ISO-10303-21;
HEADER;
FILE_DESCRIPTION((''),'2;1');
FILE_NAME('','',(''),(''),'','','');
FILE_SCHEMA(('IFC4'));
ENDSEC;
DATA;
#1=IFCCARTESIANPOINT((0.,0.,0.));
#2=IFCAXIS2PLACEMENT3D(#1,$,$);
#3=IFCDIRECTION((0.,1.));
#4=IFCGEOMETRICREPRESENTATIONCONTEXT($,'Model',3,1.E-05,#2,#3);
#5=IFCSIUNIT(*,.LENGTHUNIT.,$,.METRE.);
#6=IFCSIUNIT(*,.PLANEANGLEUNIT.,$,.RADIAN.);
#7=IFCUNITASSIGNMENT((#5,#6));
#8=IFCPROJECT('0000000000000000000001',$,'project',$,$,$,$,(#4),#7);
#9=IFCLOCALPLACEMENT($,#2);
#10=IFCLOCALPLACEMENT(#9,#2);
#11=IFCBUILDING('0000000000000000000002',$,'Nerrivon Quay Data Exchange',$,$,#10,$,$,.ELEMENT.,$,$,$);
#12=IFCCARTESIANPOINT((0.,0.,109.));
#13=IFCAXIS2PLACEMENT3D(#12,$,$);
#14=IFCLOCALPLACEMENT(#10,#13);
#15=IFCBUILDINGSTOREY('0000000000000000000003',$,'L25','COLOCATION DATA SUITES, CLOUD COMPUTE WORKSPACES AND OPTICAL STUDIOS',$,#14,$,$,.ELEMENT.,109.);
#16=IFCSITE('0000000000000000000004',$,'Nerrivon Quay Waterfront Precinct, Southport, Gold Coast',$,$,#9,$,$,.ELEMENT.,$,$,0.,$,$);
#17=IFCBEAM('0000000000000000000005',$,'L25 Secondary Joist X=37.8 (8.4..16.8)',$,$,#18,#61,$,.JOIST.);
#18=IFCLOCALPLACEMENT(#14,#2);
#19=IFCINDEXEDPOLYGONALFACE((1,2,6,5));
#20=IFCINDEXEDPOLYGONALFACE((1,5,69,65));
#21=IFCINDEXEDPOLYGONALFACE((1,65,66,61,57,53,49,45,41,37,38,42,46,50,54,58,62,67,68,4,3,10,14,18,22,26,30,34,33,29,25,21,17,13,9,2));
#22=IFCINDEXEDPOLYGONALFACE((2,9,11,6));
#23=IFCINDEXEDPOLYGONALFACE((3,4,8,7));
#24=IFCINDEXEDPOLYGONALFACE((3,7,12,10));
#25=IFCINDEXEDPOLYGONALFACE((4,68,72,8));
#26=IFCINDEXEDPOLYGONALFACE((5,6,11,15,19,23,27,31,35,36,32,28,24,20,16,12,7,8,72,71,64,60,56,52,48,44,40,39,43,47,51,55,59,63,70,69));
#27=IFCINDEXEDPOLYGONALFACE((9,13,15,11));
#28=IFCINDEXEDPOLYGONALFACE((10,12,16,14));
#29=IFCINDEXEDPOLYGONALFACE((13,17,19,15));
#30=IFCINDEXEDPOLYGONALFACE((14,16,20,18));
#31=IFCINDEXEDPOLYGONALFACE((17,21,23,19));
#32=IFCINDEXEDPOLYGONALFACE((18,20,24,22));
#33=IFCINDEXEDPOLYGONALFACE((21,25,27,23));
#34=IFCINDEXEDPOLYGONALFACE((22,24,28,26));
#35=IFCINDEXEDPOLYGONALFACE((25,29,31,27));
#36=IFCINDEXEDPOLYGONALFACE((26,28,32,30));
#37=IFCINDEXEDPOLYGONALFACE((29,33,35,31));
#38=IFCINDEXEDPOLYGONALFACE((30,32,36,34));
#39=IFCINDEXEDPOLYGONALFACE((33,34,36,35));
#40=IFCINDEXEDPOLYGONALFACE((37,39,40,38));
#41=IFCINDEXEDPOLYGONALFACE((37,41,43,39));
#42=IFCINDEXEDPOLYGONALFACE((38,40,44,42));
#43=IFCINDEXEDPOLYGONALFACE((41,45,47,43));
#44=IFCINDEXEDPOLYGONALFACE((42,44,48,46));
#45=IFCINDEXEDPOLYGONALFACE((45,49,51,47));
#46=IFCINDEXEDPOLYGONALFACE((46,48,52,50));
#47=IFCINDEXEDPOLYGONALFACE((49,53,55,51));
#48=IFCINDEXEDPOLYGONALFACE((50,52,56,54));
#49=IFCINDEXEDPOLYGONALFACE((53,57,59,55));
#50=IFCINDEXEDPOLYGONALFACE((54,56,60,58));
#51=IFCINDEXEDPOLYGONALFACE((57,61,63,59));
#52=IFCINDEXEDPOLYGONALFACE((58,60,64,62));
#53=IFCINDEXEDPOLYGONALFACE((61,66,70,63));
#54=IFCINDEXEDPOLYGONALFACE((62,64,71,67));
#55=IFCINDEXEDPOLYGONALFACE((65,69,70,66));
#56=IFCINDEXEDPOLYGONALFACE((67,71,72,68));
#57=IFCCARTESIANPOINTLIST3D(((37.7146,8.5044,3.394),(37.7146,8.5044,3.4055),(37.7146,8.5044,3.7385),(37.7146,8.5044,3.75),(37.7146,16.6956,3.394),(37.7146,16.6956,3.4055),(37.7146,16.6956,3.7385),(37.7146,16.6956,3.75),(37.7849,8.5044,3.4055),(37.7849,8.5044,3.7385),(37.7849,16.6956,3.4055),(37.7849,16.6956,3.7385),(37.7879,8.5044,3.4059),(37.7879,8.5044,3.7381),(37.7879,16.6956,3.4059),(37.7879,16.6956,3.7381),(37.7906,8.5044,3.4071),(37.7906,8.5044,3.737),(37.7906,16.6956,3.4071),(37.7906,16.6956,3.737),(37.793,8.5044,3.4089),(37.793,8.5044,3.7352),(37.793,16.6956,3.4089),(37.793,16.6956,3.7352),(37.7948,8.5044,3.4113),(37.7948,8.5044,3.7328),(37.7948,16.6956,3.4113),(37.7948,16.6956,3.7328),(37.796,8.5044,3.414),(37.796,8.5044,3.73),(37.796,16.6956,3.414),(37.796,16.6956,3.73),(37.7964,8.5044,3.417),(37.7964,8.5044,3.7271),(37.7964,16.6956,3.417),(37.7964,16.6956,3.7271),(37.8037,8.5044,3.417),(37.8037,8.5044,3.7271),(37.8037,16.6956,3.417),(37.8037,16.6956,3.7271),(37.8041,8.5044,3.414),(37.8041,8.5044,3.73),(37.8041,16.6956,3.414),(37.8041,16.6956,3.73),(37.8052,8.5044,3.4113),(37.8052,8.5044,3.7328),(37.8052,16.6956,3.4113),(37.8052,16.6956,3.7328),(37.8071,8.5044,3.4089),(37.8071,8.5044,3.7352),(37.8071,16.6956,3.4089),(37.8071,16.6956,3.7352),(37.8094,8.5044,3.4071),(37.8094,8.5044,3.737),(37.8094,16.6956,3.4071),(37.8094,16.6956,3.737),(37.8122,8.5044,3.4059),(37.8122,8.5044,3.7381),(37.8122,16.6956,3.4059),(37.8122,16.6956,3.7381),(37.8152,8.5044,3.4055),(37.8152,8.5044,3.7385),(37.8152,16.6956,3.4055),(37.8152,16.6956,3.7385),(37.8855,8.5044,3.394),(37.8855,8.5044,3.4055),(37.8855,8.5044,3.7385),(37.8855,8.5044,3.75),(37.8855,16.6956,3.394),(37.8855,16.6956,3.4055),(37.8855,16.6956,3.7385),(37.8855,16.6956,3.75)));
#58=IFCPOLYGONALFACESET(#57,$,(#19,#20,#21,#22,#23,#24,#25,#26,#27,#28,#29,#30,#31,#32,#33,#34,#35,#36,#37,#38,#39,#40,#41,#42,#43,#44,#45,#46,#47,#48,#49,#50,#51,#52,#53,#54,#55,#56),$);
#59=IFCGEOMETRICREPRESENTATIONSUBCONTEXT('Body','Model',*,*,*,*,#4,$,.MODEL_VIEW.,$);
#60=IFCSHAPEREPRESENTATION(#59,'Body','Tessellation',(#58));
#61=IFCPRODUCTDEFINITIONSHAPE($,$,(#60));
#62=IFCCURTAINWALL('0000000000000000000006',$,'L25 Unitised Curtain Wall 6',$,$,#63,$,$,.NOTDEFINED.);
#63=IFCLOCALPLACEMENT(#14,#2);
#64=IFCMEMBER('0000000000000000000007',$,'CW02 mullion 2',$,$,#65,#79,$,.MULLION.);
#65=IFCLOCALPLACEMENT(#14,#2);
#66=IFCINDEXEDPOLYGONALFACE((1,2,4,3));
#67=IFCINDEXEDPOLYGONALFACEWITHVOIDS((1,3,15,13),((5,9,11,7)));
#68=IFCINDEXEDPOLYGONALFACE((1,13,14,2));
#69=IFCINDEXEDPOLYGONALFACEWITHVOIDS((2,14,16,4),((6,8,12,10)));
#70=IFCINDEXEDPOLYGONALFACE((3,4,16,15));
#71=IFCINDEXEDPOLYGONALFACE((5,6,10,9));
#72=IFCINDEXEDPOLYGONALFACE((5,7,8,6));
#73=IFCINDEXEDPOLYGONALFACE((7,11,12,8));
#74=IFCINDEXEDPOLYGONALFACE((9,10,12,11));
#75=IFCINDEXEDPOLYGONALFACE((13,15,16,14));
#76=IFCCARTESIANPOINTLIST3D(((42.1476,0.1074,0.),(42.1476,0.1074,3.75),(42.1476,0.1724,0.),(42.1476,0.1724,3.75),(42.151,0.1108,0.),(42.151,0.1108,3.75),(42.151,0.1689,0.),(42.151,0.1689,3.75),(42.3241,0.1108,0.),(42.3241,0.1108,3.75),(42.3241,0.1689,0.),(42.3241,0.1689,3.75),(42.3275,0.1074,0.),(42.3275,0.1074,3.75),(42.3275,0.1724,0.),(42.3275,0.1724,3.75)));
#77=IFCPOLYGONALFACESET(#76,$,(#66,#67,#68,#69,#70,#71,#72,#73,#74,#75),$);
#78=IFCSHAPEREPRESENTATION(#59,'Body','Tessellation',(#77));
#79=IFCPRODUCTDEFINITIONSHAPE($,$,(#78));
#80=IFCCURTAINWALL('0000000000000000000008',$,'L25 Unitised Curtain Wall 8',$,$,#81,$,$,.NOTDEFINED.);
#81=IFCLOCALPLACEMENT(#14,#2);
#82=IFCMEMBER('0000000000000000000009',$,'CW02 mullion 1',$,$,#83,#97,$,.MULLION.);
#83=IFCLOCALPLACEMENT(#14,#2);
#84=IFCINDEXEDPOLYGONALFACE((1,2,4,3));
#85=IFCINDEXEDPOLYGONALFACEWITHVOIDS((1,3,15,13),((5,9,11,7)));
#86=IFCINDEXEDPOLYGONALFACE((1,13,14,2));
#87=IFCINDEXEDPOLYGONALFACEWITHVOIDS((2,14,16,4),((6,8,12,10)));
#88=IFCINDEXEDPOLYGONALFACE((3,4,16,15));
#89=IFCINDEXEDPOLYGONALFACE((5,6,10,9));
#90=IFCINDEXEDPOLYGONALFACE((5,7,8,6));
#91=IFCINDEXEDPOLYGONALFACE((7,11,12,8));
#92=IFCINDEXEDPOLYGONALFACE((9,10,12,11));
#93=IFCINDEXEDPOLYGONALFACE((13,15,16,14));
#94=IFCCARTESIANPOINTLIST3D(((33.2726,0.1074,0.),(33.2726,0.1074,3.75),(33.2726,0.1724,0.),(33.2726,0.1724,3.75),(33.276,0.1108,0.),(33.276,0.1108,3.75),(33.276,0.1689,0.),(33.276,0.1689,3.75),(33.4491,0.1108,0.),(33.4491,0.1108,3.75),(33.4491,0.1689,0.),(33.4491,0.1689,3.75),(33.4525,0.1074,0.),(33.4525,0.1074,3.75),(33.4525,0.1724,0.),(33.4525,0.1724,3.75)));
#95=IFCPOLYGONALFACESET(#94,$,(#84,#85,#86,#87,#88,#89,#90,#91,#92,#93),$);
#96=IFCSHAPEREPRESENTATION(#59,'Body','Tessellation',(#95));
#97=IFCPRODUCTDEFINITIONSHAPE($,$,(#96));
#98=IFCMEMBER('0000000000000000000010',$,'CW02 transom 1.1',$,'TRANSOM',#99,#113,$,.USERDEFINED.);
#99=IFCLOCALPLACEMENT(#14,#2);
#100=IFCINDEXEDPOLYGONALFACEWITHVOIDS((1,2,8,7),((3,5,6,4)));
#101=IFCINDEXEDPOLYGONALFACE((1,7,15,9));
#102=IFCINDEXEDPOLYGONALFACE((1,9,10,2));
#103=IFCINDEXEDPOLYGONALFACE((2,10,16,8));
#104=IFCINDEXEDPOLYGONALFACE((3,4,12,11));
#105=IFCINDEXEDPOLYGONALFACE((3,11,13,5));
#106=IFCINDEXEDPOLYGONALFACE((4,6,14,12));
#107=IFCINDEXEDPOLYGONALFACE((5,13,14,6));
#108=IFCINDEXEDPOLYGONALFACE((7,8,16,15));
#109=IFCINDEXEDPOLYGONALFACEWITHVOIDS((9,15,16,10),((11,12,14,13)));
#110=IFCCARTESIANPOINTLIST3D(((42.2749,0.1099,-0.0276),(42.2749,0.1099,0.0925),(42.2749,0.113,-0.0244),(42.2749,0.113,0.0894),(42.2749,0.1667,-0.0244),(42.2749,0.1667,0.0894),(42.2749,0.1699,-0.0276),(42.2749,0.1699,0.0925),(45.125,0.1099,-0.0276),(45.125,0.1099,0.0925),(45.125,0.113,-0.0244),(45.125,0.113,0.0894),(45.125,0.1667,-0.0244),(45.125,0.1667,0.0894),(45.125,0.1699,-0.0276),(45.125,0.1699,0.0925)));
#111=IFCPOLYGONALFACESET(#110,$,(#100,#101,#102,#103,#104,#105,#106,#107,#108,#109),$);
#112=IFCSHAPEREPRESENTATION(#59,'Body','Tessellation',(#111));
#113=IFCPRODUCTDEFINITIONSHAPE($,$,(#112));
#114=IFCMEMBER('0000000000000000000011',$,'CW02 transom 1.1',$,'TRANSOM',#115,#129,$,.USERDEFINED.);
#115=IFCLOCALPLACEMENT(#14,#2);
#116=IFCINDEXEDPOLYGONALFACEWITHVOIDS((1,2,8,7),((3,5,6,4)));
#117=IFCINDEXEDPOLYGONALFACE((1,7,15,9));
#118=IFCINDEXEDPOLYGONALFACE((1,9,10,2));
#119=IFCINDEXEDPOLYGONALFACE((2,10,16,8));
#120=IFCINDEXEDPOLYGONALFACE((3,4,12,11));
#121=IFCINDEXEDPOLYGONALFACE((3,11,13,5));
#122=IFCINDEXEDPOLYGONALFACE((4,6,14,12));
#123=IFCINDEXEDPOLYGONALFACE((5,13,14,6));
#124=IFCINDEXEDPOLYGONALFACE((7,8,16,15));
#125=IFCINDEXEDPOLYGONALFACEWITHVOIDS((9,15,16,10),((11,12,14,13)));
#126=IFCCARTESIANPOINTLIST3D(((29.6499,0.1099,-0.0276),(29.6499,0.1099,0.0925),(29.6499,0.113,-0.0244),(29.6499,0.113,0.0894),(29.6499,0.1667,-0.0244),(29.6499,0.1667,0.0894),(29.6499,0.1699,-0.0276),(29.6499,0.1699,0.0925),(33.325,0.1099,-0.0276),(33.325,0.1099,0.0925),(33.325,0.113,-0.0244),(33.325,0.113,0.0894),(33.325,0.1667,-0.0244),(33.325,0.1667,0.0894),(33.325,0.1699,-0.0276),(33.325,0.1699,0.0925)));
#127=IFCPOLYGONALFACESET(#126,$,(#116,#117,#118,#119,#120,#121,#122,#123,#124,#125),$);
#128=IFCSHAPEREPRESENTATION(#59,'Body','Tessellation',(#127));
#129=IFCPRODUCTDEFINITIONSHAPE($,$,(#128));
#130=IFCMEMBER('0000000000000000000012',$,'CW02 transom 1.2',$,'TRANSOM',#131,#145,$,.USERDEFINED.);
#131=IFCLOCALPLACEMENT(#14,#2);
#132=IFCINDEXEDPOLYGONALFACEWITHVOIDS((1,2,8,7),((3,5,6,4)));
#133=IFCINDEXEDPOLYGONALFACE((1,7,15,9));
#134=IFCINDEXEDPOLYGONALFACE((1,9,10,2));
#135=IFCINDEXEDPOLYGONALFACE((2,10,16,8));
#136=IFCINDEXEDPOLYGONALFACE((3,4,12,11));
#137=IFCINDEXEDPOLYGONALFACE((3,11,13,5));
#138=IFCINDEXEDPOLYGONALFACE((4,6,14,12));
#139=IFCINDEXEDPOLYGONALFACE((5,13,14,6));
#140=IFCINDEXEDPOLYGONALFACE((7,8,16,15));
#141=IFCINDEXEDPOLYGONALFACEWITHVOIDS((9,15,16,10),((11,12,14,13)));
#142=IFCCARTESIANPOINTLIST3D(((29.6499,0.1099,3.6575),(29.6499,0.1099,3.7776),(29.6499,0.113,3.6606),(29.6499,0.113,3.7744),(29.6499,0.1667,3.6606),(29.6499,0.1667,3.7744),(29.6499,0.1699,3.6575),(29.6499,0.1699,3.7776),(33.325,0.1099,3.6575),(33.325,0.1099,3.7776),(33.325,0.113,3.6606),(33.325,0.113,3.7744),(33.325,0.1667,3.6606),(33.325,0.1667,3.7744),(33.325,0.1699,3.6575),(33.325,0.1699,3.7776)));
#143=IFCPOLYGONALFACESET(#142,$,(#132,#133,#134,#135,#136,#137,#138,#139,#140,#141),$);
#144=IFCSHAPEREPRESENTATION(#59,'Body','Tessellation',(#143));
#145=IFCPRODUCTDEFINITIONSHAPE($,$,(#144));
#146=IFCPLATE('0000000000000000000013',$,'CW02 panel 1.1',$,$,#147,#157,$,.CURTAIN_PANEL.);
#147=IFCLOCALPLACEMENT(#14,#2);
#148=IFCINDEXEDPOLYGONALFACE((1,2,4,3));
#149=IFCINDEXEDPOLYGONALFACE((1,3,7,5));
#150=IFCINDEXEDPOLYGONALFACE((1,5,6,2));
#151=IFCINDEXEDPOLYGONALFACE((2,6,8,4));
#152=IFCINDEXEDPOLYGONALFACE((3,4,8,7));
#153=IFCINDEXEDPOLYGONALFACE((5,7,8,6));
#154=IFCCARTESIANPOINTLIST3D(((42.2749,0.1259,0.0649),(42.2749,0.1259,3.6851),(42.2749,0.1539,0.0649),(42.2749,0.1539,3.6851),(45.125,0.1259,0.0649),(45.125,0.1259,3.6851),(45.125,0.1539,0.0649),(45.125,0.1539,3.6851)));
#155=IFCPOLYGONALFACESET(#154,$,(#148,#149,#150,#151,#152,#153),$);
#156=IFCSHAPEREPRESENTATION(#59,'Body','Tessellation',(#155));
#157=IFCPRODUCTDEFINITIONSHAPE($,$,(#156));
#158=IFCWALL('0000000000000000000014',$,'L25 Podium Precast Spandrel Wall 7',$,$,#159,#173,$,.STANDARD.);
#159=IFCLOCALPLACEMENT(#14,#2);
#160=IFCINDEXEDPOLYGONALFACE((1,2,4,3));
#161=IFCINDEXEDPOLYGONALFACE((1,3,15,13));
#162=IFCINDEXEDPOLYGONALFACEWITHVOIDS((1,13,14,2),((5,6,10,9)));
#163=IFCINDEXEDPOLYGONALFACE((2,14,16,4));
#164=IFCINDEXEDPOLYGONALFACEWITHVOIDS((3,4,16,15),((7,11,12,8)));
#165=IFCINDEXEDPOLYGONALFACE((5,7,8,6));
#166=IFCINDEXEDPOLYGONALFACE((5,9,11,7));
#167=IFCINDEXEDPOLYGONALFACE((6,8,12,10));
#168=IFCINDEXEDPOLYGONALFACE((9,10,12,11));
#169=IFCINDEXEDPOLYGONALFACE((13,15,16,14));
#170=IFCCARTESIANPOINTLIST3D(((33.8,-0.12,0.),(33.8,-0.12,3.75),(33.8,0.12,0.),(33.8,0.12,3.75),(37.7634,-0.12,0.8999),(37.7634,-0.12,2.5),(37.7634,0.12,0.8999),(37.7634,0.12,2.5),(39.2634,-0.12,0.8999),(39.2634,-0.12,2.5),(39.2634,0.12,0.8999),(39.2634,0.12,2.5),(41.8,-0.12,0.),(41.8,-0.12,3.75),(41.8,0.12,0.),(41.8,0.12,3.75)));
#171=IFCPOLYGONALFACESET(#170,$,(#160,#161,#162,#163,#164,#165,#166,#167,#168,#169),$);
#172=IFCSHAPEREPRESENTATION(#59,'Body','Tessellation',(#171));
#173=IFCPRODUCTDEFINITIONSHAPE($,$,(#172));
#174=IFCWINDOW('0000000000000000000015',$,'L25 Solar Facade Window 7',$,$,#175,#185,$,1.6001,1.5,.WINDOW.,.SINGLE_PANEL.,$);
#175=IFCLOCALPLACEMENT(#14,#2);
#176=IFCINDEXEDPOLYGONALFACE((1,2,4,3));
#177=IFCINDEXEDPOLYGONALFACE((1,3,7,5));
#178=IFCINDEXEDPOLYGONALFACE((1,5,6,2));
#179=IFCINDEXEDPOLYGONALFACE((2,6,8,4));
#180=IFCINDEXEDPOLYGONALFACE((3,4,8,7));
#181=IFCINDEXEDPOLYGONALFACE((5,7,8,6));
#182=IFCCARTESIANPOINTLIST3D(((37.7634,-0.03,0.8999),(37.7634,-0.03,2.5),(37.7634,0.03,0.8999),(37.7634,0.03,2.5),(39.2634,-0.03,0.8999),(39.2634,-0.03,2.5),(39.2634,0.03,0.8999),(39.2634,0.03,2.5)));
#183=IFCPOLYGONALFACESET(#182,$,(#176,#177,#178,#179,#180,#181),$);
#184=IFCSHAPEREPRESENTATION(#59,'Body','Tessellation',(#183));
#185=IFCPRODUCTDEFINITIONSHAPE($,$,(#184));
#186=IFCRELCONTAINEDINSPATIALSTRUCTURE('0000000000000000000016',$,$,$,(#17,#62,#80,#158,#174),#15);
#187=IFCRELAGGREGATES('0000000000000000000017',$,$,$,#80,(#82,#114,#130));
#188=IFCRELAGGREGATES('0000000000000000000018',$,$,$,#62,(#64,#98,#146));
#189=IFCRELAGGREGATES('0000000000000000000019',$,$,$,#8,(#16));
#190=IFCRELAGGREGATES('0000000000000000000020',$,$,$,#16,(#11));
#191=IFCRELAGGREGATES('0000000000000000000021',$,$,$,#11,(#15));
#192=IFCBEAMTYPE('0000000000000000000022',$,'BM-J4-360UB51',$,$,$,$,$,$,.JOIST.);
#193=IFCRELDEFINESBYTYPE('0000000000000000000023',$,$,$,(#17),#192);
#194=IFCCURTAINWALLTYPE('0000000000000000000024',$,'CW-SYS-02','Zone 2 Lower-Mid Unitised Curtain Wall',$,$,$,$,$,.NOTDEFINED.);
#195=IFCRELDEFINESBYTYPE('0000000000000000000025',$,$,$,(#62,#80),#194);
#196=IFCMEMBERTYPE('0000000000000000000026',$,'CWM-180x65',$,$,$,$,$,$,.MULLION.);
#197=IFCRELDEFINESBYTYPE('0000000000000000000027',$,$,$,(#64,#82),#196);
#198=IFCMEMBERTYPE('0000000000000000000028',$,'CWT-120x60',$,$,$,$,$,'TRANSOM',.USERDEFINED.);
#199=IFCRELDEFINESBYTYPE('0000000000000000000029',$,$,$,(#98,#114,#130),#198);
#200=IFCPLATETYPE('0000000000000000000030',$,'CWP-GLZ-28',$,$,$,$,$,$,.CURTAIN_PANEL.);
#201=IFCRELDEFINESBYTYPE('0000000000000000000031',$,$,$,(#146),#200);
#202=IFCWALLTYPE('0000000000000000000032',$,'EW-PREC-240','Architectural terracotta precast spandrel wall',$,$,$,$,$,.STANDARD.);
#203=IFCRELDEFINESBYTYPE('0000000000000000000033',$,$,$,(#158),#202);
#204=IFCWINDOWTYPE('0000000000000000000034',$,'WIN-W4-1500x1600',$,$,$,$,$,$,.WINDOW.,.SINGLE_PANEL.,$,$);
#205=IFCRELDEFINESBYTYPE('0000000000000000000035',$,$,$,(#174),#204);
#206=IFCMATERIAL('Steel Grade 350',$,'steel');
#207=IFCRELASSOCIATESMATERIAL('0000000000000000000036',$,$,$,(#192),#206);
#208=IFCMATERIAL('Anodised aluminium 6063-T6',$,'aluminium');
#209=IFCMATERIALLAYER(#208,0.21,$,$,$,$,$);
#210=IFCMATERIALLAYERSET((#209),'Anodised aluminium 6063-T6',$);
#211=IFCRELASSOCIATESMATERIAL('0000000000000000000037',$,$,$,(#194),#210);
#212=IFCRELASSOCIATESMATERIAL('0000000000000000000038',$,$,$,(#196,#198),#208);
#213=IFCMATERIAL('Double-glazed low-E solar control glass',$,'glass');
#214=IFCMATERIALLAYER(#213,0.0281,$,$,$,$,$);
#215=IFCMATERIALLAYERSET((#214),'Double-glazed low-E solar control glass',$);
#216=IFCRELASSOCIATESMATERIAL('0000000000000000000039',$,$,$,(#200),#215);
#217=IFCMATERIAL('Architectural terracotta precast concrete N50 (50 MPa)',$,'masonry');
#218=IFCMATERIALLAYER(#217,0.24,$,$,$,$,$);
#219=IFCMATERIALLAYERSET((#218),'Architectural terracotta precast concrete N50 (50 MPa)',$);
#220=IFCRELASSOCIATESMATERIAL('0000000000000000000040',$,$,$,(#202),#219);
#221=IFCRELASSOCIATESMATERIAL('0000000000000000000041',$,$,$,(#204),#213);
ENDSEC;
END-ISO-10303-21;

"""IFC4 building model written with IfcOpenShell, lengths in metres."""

from ifc_helpers import new_model, si_unit, direction, frame, frame_2d, origin, origin_2d, place, context, subcontext, project, spatial, rectangle, hollow_rectangle, i_section, extrude, material, layer, layer_set, material_profile, profile_set, type_object, element, fill, aggregate, save


model = new_model("IFC4")

# Units and contexts
model_context = context("Model", 3, precision=1e-05, world=origin(), true_north=direction((0.0, 1.0)))
body_context = subcontext(model_context, "Body", "Model", "MODEL_VIEW")
ifc_project = project(units=[si_unit("LENGTHUNIT", "METRE"), si_unit("PLANEANGLEUNIT", "RADIAN")], contexts=[model_context])

# Site, building, storey
site_placement = place(None, origin())
site = spatial("IfcSite", under=ifc_project, at=site_placement, Name="Nerrivon Quay Waterfront Precinct, Southport, Gold Coast", CompositionType="ELEMENT", RefElevation=0.0)
building_placement = place(site_placement, origin())
building = spatial("IfcBuilding", under=site, at=building_placement, Name="Nerrivon Quay Data Exchange", CompositionType="ELEMENT")
storey_placement = place(building_placement, frame((0.0, 0.0, 109.0)))
storey = spatial("IfcBuildingStorey", under=building, at=storey_placement, Name="L25", Description="COLOCATION DATA SUITES, CLOUD COMPUTE WORKSPACES AND OPTICAL STUDIOS", CompositionType="ELEMENT", Elevation=109.0)

# Shared definitions
ifc_material_1 = material(Name="Steel Grade 350", Category="steel")

# Beam
ifc_material_profile_1 = material_profile(ifc_material_1, i_section(OverallWidth=0.1709, OverallDepth=0.356, WebThickness=0.0073, FlangeThickness=0.0115, FilletRadius=0.0115, at=origin_2d()), Name="360UB50.7")
ifc_profile_set_1 = profile_set([ifc_material_profile_1], Name="Steel Grade 350")
beam_type_1 = type_object("IfcBeamType", Name="BM-J4-360UB51", PredefinedType="JOIST", material=ifc_profile_set_1)
beam_1_placement = place(storey_placement, frame((37.8, 8.5044, 3.572), z_axis=(0.0, 1.0, 0.0), x_axis=(-1.0, 0.0, 0.0)))
element("IfcBeam", 1, at=beam_1_placement, inside=storey, type_object=beam_type_1, Name="L25 Secondary Joist X=37.8 (8.4..16.8)", PredefinedType="JOIST", context=body_context, shape_type="SweptSolid", body=[
    extrude(i_section(OverallWidth=0.1709, OverallDepth=0.356, WebThickness=0.0073, FlangeThickness=0.0115, FilletRadius=0.0115, at=origin_2d()), origin(), (0.0, 0.0, 1.0), 8.1912),
])

# Curtain walls, members
ifc_material_2 = material(Name="Anodised aluminium 6063-T6", Category="aluminium")
ifc_layer_1 = layer(ifc_material_2, 0.21)
ifc_layer_set_1 = layer_set([ifc_layer_1], Name="Anodised aluminium 6063-T6")
curtain_wall_type = type_object("IfcCurtainWallType", Name="CW-SYS-02", Description="Zone 2 Lower-Mid Unitised Curtain Wall", PredefinedType="NOTDEFINED", material=ifc_layer_set_1)
curtain_wall_1_placement = place(storey_placement, origin())
curtain_wall_1 = element("IfcCurtainWall", 2, at=curtain_wall_1_placement, inside=storey, type_object=curtain_wall_type, Name="L25 Unitised Curtain Wall 6", PredefinedType="NOTDEFINED")
ifc_material_profile_2 = material_profile(ifc_material_2, hollow_rectangle(XDim=0.0649, YDim=0.1799, WallThickness=0.0034, at=origin_2d()), Name="ALU-MULL-180x65")
ifc_profile_set_2 = profile_set([ifc_material_profile_2], Name="Anodised aluminium 6063-T6")
member_type_1 = type_object("IfcMemberType", Name="CWM-180x65", PredefinedType="MULLION", material=ifc_profile_set_2)
member_1_placement = place(storey_placement, frame((42.2375, 0.1399, 0.0), z_axis=(0.0, 0.0, 1.0), x_axis=(0.0, -1.0, 0.0)))
member_1 = element("IfcMember", 3, at=member_1_placement, type_object=member_type_1, Name="CW02 mullion 2", PredefinedType="MULLION", context=body_context, shape_type="SweptSolid", body=[
    extrude(hollow_rectangle(XDim=0.0649, YDim=0.1799, WallThickness=0.0034, at=origin_2d()), origin(), (0.0, 0.0, 1.0), 3.75),
])
curtain_wall_2_placement = place(storey_placement, origin())
curtain_wall_2 = element("IfcCurtainWall", 4, at=curtain_wall_2_placement, inside=storey, type_object=curtain_wall_type, Name="L25 Unitised Curtain Wall 8", PredefinedType="NOTDEFINED")
member_2_placement = place(storey_placement, frame((33.3625, 0.1399, 0.0), z_axis=(0.0, 0.0, 1.0), x_axis=(0.0, -1.0, 0.0)))
member_2 = element("IfcMember", 5, at=member_2_placement, type_object=member_type_1, Name="CW02 mullion 1", PredefinedType="MULLION", context=body_context, shape_type="SweptSolid", body=[
    extrude(hollow_rectangle(XDim=0.0649, YDim=0.1799, WallThickness=0.0034, at=origin_2d()), origin(), (0.0, 0.0, 1.0), 3.75),
])

# Members
ifc_material_profile_3 = material_profile(ifc_material_2, hollow_rectangle(XDim=0.0601, YDim=0.1201, WallThickness=0.0032, at=origin_2d()), Name="ALU-TRAN-120x60")
ifc_profile_set_3 = profile_set([ifc_material_profile_3], Name="Anodised aluminium 6063-T6")
member_type_2 = type_object("IfcMemberType", Name="CWT-120x60", ElementType="TRANSOM", PredefinedType="USERDEFINED", material=ifc_profile_set_3)
member_3_placement = place(storey_placement, frame((45.125, 0.1399, 0.0325), z_axis=(-1.0, 0.0, 0.0), x_axis=(0.0, -1.0, 0.0)))
member_3 = element("IfcMember", 6, at=member_3_placement, type_object=member_type_2, Name="CW02 transom 1.1", ObjectType="TRANSOM", PredefinedType="USERDEFINED", context=body_context, shape_type="SweptSolid", body=[
    extrude(hollow_rectangle(XDim=0.0601, YDim=0.1201, WallThickness=0.0032, at=origin_2d()), origin(), (0.0, 0.0, 1.0), 2.8501),
])
member_4_placement = place(storey_placement, frame((33.325, 0.1399, 0.0325), z_axis=(-1.0, 0.0, 0.0), x_axis=(0.0, -1.0, 0.0)))
member_4 = element("IfcMember", 7, at=member_4_placement, type_object=member_type_2, Name="CW02 transom 1.1", ObjectType="TRANSOM", PredefinedType="USERDEFINED", context=body_context, shape_type="SweptSolid", body=[
    extrude(hollow_rectangle(XDim=0.0601, YDim=0.1201, WallThickness=0.0032, at=origin_2d()), origin(), (0.0, 0.0, 1.0), 3.675),
])
member_5_placement = place(storey_placement, frame((33.325, 0.1399, 3.7175), z_axis=(-1.0, 0.0, 0.0), x_axis=(0.0, -1.0, 0.0)))
member_5 = element("IfcMember", 8, at=member_5_placement, type_object=member_type_2, Name="CW02 transom 1.2", ObjectType="TRANSOM", PredefinedType="USERDEFINED", context=body_context, shape_type="SweptSolid", body=[
    extrude(hollow_rectangle(XDim=0.0601, YDim=0.1201, WallThickness=0.0032, at=origin_2d()), origin(), (0.0, 0.0, 1.0), 3.675),
])
aggregate(curtain_wall_2, [member_2, member_4, member_5])

# Plate
ifc_material_3 = material(Name="Double-glazed low-E solar control glass", Category="glass")
ifc_layer_2 = layer(ifc_material_3, 0.0281)
ifc_layer_set_2 = layer_set([ifc_layer_2], Name="Double-glazed low-E solar control glass")
plate_type = type_object("IfcPlateType", Name="CWP-GLZ-28", PredefinedType="CURTAIN_PANEL", material=ifc_layer_set_2)
plate_placement = place(storey_placement, frame((43.7, 0.1399, 0.0649), z_axis=(0.0, 0.0, 1.0), x_axis=(-1.0, 0.0, 0.0)))
plate = element("IfcPlate", 9, at=plate_placement, type_object=plate_type, Name="CW02 panel 1.1", PredefinedType="CURTAIN_PANEL", context=body_context, shape_type="SweptSolid", body=[
    extrude(rectangle(XDim=2.8501, YDim=0.0281, at=origin_2d()), origin(), (0.0, 0.0, 1.0), 3.6201),
])
aggregate(curtain_wall_1, [member_1, member_3, plate])

# Wall, opening, window
ifc_material_4 = material(Name="Architectural terracotta precast concrete N50 (50 MPa)", Category="masonry")
ifc_layer_3 = layer(ifc_material_4, 0.24)
ifc_layer_set_3 = layer_set([ifc_layer_3], Name="Architectural terracotta precast concrete N50 (50 MPa)")
wall_type_1 = type_object("IfcWallType", Name="EW-PREC-240", Description="Architectural terracotta precast spandrel wall", PredefinedType="STANDARD", material=ifc_layer_set_3)
wall_1_placement = place(storey_placement, frame((41.8, 0.0, 0.0), z_axis=(0.0, 0.0, 1.0), x_axis=(-1.0, 0.0, 0.0)))
wall_1 = element("IfcWall", 10, at=wall_1_placement, inside=storey, type_object=wall_type_1, Name="L25 Podium Precast Spandrel Wall 7", PredefinedType="STANDARD", context=body_context, shape_type="SweptSolid", body=[
    extrude(rectangle(XDim=8.0, YDim=0.24, at=frame_2d((4.0, 0.0))), origin(), (0.0, 0.0, 1.0), 3.75),
])
opening_1_placement = place(wall_1_placement, frame((2.5366, 0.0, 0.8999)))
opening_1 = element("IfcOpeningElement", 11, at=opening_1_placement, cuts=wall_1, PredefinedType="OPENING", context=body_context, shape_type="SweptSolid", body=[
    extrude(rectangle(XDim=1.5, YDim=1.6001, at=frame_2d((0.75, 0.8))), frame((0.0, 0.1299, 0.0), z_axis=(0.0, -1.0, 0.0), x_axis=(1.0, 0.0, 0.0)), (0.0, 0.0, 1.0), 0.26),
])
window_type = type_object("IfcWindowType", Name="WIN-W4-1500x1600", PartitioningType="SINGLE_PANEL", PredefinedType="WINDOW", material=ifc_material_3)
window_placement = place(opening_1_placement, origin())
window = element("IfcWindow", 12, at=window_placement, inside=storey, type_object=window_type, Name="L25 Solar Facade Window 7", OverallHeight=1.6001, OverallWidth=1.5, PartitioningType="SINGLE_PANEL", PredefinedType="WINDOW", context=body_context, shape_type="SweptSolid", body=[
    extrude(rectangle(XDim=1.5, YDim=1.6001, at=frame_2d((0.75, 0.8))), frame((0.0, 0.03, 0.0), z_axis=(0.0, -1.0, 0.0), x_axis=(1.0, 0.0, 0.0)), (0.0, 0.0, 1.0), 0.0601),
])
fill(opening_1, window)

save(model, "model.ifc")
